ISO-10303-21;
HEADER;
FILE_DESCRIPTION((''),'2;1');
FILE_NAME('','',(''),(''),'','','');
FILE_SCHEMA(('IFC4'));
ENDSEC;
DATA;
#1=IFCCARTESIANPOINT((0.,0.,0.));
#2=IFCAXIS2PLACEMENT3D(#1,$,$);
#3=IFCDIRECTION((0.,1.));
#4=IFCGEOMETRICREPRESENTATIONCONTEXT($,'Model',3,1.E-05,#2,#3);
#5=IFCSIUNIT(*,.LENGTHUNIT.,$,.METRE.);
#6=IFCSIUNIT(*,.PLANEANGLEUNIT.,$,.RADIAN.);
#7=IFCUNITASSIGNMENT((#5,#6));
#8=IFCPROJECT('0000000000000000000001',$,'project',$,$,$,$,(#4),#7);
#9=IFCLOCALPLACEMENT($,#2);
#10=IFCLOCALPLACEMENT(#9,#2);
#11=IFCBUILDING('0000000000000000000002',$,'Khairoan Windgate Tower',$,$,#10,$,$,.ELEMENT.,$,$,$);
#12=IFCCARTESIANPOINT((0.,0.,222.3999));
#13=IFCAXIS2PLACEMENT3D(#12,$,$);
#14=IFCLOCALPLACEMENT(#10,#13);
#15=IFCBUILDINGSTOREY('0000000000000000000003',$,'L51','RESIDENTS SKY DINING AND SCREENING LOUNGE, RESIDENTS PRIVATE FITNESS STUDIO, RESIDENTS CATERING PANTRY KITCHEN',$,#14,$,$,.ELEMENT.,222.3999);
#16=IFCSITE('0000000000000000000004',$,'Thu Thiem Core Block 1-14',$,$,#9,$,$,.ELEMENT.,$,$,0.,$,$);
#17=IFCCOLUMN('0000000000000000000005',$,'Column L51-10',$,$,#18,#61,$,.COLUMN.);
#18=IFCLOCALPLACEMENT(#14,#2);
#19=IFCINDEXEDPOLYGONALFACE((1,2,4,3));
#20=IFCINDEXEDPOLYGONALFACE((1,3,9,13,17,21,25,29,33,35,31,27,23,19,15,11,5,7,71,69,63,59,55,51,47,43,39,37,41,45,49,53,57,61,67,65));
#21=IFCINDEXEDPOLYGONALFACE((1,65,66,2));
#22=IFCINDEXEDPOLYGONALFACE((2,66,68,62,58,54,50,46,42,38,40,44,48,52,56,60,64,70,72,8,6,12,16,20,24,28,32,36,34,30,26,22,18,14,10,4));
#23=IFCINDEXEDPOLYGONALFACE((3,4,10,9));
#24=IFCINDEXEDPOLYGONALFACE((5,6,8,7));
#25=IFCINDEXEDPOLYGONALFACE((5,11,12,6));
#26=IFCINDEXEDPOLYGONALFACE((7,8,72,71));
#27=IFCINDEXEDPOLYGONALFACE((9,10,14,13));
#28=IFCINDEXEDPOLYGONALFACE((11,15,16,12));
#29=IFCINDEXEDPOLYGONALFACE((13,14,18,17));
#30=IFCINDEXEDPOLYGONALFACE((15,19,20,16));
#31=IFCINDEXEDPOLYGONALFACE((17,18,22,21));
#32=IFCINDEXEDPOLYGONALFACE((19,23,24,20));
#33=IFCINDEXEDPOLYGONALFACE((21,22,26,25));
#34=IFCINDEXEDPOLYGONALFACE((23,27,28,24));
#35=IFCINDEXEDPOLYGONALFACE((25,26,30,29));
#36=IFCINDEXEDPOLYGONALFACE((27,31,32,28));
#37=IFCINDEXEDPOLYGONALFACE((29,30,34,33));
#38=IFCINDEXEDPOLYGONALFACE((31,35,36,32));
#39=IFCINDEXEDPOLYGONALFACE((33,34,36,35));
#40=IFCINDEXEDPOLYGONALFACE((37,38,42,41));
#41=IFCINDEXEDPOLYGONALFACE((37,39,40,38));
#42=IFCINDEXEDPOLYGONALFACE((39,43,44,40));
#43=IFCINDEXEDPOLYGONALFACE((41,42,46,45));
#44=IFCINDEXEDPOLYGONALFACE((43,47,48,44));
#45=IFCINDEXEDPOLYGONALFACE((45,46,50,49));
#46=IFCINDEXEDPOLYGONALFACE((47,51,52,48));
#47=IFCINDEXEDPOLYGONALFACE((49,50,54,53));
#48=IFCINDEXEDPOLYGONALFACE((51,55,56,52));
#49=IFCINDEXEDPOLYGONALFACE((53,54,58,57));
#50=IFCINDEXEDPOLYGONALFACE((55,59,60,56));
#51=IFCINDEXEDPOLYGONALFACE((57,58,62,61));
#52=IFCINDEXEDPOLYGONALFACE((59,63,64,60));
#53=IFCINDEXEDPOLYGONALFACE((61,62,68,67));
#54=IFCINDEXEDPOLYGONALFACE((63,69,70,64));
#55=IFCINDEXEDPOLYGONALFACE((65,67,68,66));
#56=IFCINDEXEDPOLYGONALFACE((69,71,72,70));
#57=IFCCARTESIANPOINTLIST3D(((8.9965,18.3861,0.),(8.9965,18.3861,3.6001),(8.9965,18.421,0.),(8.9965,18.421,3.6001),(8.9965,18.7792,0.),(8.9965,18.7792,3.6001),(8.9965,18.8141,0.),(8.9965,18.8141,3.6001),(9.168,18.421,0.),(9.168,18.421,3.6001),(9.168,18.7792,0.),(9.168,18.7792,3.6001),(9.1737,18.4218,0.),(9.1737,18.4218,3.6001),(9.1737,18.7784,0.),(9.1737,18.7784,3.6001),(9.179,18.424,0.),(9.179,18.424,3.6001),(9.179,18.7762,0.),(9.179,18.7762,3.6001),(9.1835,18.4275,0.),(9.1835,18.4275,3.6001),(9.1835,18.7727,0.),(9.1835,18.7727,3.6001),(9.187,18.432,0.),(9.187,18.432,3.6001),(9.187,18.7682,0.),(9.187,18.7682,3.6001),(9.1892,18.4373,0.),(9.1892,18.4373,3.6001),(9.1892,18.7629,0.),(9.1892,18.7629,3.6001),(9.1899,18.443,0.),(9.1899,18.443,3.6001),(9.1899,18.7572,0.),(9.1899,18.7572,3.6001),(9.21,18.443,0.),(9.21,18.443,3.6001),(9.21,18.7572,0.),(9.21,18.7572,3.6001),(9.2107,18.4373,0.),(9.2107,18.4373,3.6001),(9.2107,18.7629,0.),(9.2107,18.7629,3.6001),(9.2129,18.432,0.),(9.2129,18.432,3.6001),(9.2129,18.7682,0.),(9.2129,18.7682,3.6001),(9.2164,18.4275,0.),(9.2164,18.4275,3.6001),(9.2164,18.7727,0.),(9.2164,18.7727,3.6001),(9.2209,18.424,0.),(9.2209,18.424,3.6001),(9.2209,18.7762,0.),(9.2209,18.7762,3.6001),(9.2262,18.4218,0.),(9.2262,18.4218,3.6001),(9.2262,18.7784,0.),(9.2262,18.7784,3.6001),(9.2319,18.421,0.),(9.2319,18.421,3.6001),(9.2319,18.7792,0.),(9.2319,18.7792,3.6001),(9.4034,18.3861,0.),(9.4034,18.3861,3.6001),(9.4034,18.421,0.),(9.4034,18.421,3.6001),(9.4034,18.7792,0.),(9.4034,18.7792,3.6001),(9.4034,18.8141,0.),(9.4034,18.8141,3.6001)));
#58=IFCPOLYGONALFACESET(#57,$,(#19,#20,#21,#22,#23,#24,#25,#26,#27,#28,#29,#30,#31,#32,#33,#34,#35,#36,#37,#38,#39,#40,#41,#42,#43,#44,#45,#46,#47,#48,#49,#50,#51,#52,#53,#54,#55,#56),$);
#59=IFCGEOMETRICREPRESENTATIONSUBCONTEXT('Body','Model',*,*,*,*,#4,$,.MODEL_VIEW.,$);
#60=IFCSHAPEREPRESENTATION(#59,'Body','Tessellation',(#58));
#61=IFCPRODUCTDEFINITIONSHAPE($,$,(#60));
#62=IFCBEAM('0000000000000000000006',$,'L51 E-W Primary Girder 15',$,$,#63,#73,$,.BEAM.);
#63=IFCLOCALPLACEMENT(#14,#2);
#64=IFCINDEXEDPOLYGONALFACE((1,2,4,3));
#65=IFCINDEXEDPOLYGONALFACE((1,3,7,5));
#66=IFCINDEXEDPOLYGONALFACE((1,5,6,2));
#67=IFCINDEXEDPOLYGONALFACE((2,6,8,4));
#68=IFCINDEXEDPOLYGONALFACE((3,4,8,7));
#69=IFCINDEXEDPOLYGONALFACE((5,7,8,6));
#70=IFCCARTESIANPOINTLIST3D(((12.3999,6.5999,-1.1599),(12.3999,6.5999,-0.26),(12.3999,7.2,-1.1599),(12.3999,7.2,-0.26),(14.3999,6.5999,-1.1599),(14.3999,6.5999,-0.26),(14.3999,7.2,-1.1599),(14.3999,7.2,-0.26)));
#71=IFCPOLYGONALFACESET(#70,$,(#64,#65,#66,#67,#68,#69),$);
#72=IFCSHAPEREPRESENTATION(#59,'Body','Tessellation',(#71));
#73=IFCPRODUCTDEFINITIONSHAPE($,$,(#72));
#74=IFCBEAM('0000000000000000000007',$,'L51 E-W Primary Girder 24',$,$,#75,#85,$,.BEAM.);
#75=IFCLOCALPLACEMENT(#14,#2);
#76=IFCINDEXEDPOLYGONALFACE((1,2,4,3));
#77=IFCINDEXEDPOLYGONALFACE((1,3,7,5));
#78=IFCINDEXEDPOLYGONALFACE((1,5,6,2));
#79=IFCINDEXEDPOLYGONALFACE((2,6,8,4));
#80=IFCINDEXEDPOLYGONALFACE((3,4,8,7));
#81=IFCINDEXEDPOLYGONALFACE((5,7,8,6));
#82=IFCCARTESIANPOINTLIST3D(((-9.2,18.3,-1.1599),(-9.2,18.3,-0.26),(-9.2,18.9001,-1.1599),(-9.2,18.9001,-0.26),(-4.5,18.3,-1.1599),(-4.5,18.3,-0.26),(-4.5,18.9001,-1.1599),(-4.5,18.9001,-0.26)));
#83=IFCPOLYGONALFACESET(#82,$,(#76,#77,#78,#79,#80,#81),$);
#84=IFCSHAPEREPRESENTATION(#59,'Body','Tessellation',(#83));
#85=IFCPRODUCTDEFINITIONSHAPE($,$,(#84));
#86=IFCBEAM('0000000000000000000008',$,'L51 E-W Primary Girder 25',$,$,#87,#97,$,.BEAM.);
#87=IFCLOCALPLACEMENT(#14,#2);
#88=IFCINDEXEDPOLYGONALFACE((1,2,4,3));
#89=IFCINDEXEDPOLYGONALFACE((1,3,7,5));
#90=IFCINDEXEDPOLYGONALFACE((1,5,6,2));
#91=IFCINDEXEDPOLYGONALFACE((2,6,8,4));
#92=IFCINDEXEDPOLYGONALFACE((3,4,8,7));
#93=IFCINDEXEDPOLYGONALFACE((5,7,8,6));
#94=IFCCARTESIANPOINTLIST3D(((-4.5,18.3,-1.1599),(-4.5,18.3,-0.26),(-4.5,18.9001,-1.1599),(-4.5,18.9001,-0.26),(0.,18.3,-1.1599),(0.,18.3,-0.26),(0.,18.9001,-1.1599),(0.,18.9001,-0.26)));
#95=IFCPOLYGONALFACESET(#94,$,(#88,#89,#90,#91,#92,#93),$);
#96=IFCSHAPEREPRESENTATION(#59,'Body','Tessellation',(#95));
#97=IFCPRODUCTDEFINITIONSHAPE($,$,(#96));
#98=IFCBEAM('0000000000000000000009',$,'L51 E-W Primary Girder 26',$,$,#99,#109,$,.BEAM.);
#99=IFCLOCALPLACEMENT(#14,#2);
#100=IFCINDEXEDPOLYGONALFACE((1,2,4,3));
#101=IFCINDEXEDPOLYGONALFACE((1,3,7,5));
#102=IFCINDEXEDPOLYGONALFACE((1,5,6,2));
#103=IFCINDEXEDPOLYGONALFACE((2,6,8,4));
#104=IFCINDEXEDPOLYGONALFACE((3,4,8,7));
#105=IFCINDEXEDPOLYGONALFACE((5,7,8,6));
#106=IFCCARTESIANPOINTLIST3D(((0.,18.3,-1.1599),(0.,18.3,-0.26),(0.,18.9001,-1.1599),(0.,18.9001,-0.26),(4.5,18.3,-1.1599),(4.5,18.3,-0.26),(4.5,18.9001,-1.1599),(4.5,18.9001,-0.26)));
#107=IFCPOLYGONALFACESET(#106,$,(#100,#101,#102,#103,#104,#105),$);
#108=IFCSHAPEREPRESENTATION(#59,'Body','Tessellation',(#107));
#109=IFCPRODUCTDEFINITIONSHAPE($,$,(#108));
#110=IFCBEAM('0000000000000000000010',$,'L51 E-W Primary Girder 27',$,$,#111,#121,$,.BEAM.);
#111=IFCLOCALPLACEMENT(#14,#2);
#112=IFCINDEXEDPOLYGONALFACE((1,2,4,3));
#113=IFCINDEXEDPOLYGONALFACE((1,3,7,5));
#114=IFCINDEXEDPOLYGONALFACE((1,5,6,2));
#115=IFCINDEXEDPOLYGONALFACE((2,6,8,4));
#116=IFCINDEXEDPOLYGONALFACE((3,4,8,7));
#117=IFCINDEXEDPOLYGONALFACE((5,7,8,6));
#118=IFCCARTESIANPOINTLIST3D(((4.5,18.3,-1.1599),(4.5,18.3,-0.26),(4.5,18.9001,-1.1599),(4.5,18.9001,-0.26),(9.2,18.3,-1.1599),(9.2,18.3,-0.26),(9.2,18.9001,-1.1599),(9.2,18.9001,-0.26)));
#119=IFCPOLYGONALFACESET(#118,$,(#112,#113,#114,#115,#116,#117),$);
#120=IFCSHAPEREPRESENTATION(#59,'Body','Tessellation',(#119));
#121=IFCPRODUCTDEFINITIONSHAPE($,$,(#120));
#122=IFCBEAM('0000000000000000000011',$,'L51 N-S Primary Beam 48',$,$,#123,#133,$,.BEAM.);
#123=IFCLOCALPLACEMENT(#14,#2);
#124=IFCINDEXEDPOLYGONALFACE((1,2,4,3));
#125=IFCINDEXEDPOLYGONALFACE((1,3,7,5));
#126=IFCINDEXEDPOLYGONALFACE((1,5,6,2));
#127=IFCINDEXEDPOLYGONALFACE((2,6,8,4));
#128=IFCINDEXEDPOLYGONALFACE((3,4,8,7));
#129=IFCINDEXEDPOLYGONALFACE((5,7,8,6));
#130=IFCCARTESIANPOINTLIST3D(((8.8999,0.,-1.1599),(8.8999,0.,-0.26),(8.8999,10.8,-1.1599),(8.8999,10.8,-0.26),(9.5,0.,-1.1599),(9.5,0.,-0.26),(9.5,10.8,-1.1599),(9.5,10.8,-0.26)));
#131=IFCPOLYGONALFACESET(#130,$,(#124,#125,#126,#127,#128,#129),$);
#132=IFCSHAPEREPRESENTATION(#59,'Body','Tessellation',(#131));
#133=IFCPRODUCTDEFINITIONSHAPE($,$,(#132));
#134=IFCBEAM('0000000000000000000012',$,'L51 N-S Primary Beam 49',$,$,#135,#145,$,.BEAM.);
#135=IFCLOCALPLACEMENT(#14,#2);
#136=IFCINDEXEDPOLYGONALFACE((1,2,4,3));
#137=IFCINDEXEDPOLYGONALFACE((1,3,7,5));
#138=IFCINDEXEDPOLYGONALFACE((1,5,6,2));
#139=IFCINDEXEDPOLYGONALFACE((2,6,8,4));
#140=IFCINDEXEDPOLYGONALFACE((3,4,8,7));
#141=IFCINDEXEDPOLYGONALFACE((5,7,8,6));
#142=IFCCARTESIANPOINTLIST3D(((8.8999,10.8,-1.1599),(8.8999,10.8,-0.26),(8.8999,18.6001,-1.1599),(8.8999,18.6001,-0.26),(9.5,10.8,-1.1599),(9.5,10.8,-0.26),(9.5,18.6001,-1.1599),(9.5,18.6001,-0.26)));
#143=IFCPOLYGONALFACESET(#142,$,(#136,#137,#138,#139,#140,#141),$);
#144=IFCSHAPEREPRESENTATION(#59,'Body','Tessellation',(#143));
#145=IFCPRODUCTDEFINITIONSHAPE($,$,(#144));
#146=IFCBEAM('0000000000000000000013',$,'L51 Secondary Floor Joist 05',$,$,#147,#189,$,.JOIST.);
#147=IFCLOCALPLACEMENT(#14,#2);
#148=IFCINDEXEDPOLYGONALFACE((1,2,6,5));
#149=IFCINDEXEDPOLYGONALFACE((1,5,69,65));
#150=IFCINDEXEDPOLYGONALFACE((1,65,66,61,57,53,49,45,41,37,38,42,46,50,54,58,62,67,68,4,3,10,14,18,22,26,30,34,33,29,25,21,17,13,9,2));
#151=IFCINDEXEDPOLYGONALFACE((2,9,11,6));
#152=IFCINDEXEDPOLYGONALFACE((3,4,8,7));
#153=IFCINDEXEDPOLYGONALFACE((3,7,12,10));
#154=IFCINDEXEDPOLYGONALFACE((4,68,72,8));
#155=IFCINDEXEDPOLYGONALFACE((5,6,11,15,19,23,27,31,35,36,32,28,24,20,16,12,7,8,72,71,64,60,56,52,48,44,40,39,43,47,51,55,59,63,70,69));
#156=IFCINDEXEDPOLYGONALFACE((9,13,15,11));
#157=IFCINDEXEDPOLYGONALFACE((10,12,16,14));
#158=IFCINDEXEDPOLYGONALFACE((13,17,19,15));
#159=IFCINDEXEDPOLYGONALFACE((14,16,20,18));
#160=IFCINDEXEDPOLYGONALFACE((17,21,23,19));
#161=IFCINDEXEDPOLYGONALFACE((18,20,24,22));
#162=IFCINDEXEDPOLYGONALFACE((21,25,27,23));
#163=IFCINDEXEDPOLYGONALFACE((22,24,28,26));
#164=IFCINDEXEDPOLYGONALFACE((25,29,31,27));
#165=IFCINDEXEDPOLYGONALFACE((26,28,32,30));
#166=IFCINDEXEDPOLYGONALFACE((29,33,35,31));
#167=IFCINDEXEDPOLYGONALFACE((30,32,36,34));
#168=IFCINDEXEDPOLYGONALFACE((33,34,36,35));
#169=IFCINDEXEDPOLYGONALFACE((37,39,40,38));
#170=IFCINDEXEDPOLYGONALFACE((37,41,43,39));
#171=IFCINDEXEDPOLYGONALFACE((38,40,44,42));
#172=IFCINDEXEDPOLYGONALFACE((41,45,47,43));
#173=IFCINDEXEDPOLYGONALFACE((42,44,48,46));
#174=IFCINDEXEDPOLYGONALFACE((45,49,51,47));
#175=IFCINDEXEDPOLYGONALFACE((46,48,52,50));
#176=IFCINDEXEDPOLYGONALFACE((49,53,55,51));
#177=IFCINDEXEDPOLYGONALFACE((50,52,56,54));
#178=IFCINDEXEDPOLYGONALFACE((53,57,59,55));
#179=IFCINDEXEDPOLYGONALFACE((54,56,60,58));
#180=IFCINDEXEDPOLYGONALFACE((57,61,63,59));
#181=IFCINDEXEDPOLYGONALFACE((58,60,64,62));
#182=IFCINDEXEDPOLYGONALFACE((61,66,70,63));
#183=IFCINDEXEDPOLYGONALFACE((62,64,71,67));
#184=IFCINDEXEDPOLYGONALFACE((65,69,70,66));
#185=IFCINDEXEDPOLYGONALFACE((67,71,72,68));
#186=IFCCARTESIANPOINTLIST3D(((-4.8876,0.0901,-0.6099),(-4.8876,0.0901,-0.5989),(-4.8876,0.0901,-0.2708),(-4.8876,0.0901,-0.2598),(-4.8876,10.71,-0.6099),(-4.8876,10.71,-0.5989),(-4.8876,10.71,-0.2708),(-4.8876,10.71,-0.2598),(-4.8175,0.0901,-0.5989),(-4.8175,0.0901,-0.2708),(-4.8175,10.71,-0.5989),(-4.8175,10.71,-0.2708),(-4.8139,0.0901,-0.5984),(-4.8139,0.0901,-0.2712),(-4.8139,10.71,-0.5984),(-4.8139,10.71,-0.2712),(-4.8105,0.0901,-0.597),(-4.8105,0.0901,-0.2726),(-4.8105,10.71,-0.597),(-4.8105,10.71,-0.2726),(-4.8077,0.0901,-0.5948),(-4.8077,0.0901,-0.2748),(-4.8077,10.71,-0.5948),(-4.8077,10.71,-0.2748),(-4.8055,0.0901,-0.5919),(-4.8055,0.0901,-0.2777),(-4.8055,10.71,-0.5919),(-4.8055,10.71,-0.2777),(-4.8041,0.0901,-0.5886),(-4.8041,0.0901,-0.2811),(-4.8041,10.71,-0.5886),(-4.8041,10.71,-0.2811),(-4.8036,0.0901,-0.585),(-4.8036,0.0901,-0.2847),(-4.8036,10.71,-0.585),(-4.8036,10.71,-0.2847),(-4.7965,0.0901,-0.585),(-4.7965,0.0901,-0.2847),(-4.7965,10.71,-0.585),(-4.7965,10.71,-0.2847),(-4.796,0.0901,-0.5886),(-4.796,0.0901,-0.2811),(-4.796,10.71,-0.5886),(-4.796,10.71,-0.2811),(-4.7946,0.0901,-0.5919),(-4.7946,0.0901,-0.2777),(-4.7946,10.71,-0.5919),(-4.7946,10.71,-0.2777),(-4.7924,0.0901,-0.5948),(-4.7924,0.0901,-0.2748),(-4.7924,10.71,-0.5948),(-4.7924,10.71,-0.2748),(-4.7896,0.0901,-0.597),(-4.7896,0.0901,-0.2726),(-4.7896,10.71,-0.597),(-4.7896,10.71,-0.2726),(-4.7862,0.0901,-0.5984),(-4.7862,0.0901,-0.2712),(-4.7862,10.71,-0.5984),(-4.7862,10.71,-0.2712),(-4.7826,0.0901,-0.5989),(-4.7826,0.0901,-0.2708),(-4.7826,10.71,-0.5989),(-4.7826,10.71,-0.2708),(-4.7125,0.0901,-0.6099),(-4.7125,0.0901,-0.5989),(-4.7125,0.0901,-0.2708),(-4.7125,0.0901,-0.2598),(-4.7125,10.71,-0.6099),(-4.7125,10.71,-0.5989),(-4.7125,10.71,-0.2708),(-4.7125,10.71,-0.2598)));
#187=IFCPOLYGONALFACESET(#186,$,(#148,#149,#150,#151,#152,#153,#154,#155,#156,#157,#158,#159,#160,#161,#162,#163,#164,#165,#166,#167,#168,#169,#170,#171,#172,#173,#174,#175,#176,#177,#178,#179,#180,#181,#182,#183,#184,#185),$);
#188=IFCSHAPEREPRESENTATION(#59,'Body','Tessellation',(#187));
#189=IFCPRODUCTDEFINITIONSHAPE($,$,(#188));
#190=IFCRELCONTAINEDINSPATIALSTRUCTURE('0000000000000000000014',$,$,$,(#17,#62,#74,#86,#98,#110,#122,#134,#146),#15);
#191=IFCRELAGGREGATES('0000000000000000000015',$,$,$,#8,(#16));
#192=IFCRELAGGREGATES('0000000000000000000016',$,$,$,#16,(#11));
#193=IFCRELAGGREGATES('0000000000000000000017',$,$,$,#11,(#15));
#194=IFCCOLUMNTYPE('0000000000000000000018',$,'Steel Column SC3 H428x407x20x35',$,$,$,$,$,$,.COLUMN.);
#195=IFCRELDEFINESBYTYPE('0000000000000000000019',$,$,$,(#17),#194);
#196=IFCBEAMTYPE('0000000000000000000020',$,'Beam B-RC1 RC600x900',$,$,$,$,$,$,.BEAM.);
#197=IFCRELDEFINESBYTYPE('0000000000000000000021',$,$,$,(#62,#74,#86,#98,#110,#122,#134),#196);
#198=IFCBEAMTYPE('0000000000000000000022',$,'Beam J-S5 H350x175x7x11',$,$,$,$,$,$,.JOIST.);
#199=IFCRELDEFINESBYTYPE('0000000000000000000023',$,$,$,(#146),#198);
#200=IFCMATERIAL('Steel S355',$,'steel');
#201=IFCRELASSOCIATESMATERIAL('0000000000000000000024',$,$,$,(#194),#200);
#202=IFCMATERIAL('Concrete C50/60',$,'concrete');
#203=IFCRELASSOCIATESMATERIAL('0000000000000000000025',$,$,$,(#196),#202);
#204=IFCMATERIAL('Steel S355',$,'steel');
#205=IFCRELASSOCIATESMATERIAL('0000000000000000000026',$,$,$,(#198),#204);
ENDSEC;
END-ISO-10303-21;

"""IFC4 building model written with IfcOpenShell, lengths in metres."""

from ifc_helpers import new_model, si_unit, direction, frame, origin, origin_2d, place, context, subcontext, project, spatial, rectangle, i_section, extrude, material, material_profile, profile_set, type_object, element, save


model = new_model("IFC4")

# Units and contexts
model_context = context("Model", 3, precision=1e-05, world=origin(), true_north=direction((0.0, 1.0)))
body_context = subcontext(model_context, "Body", "Model", "MODEL_VIEW")
ifc_project = project(units=[si_unit("LENGTHUNIT", "METRE"), si_unit("PLANEANGLEUNIT", "RADIAN")], contexts=[model_context])

# Site, building, storey
site_placement = place(None, origin())
site = spatial("IfcSite", under=ifc_project, at=site_placement, Name="Thu Thiem Core Block 1-14", CompositionType="ELEMENT", RefElevation=0.0)
building_placement = place(site_placement, origin())
building = spatial("IfcBuilding", under=site, at=building_placement, Name="Khairoan Windgate Tower", CompositionType="ELEMENT")
storey_placement = place(building_placement, frame((0.0, 0.0, 222.3999)))
storey = spatial("IfcBuildingStorey", under=building, at=storey_placement, Name="L51", Description="RESIDENTS SKY DINING AND SCREENING LOUNGE, RESIDENTS PRIVATE FITNESS STUDIO, RESIDENTS CATERING PANTRY KITCHEN", CompositionType="ELEMENT", Elevation=222.3999)

# Column
ifc_material_1 = material(Name="Steel S355", Category="steel")
ifc_material_profile_1 = material_profile(ifc_material_1, i_section(OverallWidth=0.407, OverallDepth=0.428, WebThickness=0.02, FlangeThickness=0.0349, FilletRadius=0.022, at=origin_2d()))
ifc_profile_set_1 = profile_set([ifc_material_profile_1], Name="Steel S355")
column_type_1 = type_object("IfcColumnType", Name="Steel Column SC3 H428x407x20x35", PredefinedType="COLUMN", material=ifc_profile_set_1)
for number, where, z_axis, x_axis, name in (
    (1, (9.2, 18.6001, 0.0), (0.0, 0.0, 1.0), (1.0, 0.0, 0.0), "Column L51-10"),
):
    element("IfcColumn", number, at=place(storey_placement, frame(where, z_axis=z_axis, x_axis=x_axis)), inside=storey, type_object=column_type_1, Name=name, PredefinedType="COLUMN", context=body_context, shape_type="SweptSolid", body=[
        extrude(i_section(OverallWidth=0.407, OverallDepth=0.428, WebThickness=0.02, FlangeThickness=0.0349, FilletRadius=0.022, at=origin_2d()), origin(), (0.0, 0.0, 1.0), 3.6001),
    ])

# Beams
ifc_material_2 = material(Name="Concrete C50/60", Category="concrete")
ifc_material_profile_2 = material_profile(ifc_material_2, rectangle(XDim=0.6001, YDim=0.8999, at=origin_2d()))
ifc_profile_set_2 = profile_set([ifc_material_profile_2], Name="Concrete C50/60")
beam_type_1 = type_object("IfcBeamType", Name="Beam B-RC1 RC600x900", PredefinedType="BEAM", material=ifc_profile_set_2)
beam_1_placement = place(storey_placement, frame((12.3999, 6.8999, -0.71), z_axis=(1.0, 0.0, 0.0), x_axis=(0.0, 1.0, 0.0)))
element("IfcBeam", 2, at=beam_1_placement, inside=storey, type_object=beam_type_1, Name="L51 E-W Primary Girder 15", PredefinedType="BEAM", context=body_context, shape_type="SweptSolid", body=[
    extrude(rectangle(XDim=0.6001, YDim=0.8999, at=origin_2d()), origin(), (0.0, 0.0, 1.0), 2.0),
])
beam_2_placement = place(storey_placement, frame((-9.2, 18.6001, -0.71), z_axis=(1.0, 0.0, 0.0), x_axis=(0.0, 1.0, 0.0)))
element("IfcBeam", 3, at=beam_2_placement, inside=storey, type_object=beam_type_1, Name="L51 E-W Primary Girder 24", PredefinedType="BEAM", context=body_context, shape_type="SweptSolid", body=[
    extrude(rectangle(XDim=0.6001, YDim=0.8999, at=origin_2d()), origin(), (0.0, 0.0, 1.0), 4.7),
])
for number, where, z_axis, x_axis, name in (
    (4, (-4.5, 18.6001, -0.71), (1.0, 0.0, 0.0), (0.0, 1.0, 0.0), "L51 E-W Primary Girder 25"),
    (5, (0.0, 18.6001, -0.71), (1.0, 0.0, 0.0), (0.0, 1.0, 0.0), "L51 E-W Primary Girder 26"),
):
    element("IfcBeam", number, at=place(storey_placement, frame(where, z_axis=z_axis, x_axis=x_axis)), inside=storey, type_object=beam_type_1, Name=name, PredefinedType="BEAM", context=body_context, shape_type="SweptSolid", body=[
        extrude(rectangle(XDim=0.6001, YDim=0.8999, at=origin_2d()), origin(), (0.0, 0.0, 1.0), 4.5),
    ])
beam_3_placement = place(storey_placement, frame((4.5, 18.6001, -0.71), z_axis=(1.0, 0.0, 0.0), x_axis=(0.0, 1.0, 0.0)))
element("IfcBeam", 6, at=beam_3_placement, inside=storey, type_object=beam_type_1, Name="L51 E-W Primary Girder 27", PredefinedType="BEAM", context=body_context, shape_type="SweptSolid", body=[
    extrude(rectangle(XDim=0.6001, YDim=0.8999, at=origin_2d()), origin(), (0.0, 0.0, 1.0), 4.7),
])
beam_4_placement = place(storey_placement, frame((9.2, 0.0, -0.71), z_axis=(0.0, 1.0, 0.0), x_axis=(-1.0, 0.0, 0.0)))
element("IfcBeam", 7, at=beam_4_placement, inside=storey, type_object=beam_type_1, Name="L51 N-S Primary Beam 48", PredefinedType="BEAM", context=body_context, shape_type="SweptSolid", body=[
    extrude(rectangle(XDim=0.6001, YDim=0.8999, at=origin_2d()), origin(), (0.0, 0.0, 1.0), 10.8),
])
beam_5_placement = place(storey_placement, frame((9.2, 10.8, -0.71), z_axis=(0.0, 1.0, 0.0), x_axis=(-1.0, 0.0, 0.0)))
element("IfcBeam", 8, at=beam_5_placement, inside=storey, type_object=beam_type_1, Name="L51 N-S Primary Beam 49", PredefinedType="BEAM", context=body_context, shape_type="SweptSolid", body=[
    extrude(rectangle(XDim=0.6001, YDim=0.8999, at=origin_2d()), origin(), (0.0, 0.0, 1.0), 7.8),
])
ifc_material_3 = material(Name="Steel S355", Category="steel")
ifc_material_profile_3 = material_profile(ifc_material_3, i_section(OverallWidth=0.175, OverallDepth=0.3501, WebThickness=0.0071, FlangeThickness=0.011, FilletRadius=0.0139, at=origin_2d()))
ifc_profile_set_3 = profile_set([ifc_material_profile_3], Name="Steel S355")
beam_type_2 = type_object("IfcBeamType", Name="Beam J-S5 H350x175x7x11", PredefinedType="JOIST", material=ifc_profile_set_3)
beam_6_placement = place(storey_placement, frame((-4.8, 0.0901, -0.4348), z_axis=(0.0, 1.0, 0.0), x_axis=(-1.0, 0.0, 0.0)))
element("IfcBeam", 9, at=beam_6_placement, inside=storey, type_object=beam_type_2, Name="L51 Secondary Floor Joist 05", PredefinedType="JOIST", context=body_context, shape_type="SweptSolid", body=[
    extrude(i_section(OverallWidth=0.175, OverallDepth=0.3501, WebThickness=0.0071, FlangeThickness=0.011, FilletRadius=0.0139, at=origin_2d()), origin(), (0.0, 0.0, 1.0), 10.6199),
])

save(model, "model.ifc")
